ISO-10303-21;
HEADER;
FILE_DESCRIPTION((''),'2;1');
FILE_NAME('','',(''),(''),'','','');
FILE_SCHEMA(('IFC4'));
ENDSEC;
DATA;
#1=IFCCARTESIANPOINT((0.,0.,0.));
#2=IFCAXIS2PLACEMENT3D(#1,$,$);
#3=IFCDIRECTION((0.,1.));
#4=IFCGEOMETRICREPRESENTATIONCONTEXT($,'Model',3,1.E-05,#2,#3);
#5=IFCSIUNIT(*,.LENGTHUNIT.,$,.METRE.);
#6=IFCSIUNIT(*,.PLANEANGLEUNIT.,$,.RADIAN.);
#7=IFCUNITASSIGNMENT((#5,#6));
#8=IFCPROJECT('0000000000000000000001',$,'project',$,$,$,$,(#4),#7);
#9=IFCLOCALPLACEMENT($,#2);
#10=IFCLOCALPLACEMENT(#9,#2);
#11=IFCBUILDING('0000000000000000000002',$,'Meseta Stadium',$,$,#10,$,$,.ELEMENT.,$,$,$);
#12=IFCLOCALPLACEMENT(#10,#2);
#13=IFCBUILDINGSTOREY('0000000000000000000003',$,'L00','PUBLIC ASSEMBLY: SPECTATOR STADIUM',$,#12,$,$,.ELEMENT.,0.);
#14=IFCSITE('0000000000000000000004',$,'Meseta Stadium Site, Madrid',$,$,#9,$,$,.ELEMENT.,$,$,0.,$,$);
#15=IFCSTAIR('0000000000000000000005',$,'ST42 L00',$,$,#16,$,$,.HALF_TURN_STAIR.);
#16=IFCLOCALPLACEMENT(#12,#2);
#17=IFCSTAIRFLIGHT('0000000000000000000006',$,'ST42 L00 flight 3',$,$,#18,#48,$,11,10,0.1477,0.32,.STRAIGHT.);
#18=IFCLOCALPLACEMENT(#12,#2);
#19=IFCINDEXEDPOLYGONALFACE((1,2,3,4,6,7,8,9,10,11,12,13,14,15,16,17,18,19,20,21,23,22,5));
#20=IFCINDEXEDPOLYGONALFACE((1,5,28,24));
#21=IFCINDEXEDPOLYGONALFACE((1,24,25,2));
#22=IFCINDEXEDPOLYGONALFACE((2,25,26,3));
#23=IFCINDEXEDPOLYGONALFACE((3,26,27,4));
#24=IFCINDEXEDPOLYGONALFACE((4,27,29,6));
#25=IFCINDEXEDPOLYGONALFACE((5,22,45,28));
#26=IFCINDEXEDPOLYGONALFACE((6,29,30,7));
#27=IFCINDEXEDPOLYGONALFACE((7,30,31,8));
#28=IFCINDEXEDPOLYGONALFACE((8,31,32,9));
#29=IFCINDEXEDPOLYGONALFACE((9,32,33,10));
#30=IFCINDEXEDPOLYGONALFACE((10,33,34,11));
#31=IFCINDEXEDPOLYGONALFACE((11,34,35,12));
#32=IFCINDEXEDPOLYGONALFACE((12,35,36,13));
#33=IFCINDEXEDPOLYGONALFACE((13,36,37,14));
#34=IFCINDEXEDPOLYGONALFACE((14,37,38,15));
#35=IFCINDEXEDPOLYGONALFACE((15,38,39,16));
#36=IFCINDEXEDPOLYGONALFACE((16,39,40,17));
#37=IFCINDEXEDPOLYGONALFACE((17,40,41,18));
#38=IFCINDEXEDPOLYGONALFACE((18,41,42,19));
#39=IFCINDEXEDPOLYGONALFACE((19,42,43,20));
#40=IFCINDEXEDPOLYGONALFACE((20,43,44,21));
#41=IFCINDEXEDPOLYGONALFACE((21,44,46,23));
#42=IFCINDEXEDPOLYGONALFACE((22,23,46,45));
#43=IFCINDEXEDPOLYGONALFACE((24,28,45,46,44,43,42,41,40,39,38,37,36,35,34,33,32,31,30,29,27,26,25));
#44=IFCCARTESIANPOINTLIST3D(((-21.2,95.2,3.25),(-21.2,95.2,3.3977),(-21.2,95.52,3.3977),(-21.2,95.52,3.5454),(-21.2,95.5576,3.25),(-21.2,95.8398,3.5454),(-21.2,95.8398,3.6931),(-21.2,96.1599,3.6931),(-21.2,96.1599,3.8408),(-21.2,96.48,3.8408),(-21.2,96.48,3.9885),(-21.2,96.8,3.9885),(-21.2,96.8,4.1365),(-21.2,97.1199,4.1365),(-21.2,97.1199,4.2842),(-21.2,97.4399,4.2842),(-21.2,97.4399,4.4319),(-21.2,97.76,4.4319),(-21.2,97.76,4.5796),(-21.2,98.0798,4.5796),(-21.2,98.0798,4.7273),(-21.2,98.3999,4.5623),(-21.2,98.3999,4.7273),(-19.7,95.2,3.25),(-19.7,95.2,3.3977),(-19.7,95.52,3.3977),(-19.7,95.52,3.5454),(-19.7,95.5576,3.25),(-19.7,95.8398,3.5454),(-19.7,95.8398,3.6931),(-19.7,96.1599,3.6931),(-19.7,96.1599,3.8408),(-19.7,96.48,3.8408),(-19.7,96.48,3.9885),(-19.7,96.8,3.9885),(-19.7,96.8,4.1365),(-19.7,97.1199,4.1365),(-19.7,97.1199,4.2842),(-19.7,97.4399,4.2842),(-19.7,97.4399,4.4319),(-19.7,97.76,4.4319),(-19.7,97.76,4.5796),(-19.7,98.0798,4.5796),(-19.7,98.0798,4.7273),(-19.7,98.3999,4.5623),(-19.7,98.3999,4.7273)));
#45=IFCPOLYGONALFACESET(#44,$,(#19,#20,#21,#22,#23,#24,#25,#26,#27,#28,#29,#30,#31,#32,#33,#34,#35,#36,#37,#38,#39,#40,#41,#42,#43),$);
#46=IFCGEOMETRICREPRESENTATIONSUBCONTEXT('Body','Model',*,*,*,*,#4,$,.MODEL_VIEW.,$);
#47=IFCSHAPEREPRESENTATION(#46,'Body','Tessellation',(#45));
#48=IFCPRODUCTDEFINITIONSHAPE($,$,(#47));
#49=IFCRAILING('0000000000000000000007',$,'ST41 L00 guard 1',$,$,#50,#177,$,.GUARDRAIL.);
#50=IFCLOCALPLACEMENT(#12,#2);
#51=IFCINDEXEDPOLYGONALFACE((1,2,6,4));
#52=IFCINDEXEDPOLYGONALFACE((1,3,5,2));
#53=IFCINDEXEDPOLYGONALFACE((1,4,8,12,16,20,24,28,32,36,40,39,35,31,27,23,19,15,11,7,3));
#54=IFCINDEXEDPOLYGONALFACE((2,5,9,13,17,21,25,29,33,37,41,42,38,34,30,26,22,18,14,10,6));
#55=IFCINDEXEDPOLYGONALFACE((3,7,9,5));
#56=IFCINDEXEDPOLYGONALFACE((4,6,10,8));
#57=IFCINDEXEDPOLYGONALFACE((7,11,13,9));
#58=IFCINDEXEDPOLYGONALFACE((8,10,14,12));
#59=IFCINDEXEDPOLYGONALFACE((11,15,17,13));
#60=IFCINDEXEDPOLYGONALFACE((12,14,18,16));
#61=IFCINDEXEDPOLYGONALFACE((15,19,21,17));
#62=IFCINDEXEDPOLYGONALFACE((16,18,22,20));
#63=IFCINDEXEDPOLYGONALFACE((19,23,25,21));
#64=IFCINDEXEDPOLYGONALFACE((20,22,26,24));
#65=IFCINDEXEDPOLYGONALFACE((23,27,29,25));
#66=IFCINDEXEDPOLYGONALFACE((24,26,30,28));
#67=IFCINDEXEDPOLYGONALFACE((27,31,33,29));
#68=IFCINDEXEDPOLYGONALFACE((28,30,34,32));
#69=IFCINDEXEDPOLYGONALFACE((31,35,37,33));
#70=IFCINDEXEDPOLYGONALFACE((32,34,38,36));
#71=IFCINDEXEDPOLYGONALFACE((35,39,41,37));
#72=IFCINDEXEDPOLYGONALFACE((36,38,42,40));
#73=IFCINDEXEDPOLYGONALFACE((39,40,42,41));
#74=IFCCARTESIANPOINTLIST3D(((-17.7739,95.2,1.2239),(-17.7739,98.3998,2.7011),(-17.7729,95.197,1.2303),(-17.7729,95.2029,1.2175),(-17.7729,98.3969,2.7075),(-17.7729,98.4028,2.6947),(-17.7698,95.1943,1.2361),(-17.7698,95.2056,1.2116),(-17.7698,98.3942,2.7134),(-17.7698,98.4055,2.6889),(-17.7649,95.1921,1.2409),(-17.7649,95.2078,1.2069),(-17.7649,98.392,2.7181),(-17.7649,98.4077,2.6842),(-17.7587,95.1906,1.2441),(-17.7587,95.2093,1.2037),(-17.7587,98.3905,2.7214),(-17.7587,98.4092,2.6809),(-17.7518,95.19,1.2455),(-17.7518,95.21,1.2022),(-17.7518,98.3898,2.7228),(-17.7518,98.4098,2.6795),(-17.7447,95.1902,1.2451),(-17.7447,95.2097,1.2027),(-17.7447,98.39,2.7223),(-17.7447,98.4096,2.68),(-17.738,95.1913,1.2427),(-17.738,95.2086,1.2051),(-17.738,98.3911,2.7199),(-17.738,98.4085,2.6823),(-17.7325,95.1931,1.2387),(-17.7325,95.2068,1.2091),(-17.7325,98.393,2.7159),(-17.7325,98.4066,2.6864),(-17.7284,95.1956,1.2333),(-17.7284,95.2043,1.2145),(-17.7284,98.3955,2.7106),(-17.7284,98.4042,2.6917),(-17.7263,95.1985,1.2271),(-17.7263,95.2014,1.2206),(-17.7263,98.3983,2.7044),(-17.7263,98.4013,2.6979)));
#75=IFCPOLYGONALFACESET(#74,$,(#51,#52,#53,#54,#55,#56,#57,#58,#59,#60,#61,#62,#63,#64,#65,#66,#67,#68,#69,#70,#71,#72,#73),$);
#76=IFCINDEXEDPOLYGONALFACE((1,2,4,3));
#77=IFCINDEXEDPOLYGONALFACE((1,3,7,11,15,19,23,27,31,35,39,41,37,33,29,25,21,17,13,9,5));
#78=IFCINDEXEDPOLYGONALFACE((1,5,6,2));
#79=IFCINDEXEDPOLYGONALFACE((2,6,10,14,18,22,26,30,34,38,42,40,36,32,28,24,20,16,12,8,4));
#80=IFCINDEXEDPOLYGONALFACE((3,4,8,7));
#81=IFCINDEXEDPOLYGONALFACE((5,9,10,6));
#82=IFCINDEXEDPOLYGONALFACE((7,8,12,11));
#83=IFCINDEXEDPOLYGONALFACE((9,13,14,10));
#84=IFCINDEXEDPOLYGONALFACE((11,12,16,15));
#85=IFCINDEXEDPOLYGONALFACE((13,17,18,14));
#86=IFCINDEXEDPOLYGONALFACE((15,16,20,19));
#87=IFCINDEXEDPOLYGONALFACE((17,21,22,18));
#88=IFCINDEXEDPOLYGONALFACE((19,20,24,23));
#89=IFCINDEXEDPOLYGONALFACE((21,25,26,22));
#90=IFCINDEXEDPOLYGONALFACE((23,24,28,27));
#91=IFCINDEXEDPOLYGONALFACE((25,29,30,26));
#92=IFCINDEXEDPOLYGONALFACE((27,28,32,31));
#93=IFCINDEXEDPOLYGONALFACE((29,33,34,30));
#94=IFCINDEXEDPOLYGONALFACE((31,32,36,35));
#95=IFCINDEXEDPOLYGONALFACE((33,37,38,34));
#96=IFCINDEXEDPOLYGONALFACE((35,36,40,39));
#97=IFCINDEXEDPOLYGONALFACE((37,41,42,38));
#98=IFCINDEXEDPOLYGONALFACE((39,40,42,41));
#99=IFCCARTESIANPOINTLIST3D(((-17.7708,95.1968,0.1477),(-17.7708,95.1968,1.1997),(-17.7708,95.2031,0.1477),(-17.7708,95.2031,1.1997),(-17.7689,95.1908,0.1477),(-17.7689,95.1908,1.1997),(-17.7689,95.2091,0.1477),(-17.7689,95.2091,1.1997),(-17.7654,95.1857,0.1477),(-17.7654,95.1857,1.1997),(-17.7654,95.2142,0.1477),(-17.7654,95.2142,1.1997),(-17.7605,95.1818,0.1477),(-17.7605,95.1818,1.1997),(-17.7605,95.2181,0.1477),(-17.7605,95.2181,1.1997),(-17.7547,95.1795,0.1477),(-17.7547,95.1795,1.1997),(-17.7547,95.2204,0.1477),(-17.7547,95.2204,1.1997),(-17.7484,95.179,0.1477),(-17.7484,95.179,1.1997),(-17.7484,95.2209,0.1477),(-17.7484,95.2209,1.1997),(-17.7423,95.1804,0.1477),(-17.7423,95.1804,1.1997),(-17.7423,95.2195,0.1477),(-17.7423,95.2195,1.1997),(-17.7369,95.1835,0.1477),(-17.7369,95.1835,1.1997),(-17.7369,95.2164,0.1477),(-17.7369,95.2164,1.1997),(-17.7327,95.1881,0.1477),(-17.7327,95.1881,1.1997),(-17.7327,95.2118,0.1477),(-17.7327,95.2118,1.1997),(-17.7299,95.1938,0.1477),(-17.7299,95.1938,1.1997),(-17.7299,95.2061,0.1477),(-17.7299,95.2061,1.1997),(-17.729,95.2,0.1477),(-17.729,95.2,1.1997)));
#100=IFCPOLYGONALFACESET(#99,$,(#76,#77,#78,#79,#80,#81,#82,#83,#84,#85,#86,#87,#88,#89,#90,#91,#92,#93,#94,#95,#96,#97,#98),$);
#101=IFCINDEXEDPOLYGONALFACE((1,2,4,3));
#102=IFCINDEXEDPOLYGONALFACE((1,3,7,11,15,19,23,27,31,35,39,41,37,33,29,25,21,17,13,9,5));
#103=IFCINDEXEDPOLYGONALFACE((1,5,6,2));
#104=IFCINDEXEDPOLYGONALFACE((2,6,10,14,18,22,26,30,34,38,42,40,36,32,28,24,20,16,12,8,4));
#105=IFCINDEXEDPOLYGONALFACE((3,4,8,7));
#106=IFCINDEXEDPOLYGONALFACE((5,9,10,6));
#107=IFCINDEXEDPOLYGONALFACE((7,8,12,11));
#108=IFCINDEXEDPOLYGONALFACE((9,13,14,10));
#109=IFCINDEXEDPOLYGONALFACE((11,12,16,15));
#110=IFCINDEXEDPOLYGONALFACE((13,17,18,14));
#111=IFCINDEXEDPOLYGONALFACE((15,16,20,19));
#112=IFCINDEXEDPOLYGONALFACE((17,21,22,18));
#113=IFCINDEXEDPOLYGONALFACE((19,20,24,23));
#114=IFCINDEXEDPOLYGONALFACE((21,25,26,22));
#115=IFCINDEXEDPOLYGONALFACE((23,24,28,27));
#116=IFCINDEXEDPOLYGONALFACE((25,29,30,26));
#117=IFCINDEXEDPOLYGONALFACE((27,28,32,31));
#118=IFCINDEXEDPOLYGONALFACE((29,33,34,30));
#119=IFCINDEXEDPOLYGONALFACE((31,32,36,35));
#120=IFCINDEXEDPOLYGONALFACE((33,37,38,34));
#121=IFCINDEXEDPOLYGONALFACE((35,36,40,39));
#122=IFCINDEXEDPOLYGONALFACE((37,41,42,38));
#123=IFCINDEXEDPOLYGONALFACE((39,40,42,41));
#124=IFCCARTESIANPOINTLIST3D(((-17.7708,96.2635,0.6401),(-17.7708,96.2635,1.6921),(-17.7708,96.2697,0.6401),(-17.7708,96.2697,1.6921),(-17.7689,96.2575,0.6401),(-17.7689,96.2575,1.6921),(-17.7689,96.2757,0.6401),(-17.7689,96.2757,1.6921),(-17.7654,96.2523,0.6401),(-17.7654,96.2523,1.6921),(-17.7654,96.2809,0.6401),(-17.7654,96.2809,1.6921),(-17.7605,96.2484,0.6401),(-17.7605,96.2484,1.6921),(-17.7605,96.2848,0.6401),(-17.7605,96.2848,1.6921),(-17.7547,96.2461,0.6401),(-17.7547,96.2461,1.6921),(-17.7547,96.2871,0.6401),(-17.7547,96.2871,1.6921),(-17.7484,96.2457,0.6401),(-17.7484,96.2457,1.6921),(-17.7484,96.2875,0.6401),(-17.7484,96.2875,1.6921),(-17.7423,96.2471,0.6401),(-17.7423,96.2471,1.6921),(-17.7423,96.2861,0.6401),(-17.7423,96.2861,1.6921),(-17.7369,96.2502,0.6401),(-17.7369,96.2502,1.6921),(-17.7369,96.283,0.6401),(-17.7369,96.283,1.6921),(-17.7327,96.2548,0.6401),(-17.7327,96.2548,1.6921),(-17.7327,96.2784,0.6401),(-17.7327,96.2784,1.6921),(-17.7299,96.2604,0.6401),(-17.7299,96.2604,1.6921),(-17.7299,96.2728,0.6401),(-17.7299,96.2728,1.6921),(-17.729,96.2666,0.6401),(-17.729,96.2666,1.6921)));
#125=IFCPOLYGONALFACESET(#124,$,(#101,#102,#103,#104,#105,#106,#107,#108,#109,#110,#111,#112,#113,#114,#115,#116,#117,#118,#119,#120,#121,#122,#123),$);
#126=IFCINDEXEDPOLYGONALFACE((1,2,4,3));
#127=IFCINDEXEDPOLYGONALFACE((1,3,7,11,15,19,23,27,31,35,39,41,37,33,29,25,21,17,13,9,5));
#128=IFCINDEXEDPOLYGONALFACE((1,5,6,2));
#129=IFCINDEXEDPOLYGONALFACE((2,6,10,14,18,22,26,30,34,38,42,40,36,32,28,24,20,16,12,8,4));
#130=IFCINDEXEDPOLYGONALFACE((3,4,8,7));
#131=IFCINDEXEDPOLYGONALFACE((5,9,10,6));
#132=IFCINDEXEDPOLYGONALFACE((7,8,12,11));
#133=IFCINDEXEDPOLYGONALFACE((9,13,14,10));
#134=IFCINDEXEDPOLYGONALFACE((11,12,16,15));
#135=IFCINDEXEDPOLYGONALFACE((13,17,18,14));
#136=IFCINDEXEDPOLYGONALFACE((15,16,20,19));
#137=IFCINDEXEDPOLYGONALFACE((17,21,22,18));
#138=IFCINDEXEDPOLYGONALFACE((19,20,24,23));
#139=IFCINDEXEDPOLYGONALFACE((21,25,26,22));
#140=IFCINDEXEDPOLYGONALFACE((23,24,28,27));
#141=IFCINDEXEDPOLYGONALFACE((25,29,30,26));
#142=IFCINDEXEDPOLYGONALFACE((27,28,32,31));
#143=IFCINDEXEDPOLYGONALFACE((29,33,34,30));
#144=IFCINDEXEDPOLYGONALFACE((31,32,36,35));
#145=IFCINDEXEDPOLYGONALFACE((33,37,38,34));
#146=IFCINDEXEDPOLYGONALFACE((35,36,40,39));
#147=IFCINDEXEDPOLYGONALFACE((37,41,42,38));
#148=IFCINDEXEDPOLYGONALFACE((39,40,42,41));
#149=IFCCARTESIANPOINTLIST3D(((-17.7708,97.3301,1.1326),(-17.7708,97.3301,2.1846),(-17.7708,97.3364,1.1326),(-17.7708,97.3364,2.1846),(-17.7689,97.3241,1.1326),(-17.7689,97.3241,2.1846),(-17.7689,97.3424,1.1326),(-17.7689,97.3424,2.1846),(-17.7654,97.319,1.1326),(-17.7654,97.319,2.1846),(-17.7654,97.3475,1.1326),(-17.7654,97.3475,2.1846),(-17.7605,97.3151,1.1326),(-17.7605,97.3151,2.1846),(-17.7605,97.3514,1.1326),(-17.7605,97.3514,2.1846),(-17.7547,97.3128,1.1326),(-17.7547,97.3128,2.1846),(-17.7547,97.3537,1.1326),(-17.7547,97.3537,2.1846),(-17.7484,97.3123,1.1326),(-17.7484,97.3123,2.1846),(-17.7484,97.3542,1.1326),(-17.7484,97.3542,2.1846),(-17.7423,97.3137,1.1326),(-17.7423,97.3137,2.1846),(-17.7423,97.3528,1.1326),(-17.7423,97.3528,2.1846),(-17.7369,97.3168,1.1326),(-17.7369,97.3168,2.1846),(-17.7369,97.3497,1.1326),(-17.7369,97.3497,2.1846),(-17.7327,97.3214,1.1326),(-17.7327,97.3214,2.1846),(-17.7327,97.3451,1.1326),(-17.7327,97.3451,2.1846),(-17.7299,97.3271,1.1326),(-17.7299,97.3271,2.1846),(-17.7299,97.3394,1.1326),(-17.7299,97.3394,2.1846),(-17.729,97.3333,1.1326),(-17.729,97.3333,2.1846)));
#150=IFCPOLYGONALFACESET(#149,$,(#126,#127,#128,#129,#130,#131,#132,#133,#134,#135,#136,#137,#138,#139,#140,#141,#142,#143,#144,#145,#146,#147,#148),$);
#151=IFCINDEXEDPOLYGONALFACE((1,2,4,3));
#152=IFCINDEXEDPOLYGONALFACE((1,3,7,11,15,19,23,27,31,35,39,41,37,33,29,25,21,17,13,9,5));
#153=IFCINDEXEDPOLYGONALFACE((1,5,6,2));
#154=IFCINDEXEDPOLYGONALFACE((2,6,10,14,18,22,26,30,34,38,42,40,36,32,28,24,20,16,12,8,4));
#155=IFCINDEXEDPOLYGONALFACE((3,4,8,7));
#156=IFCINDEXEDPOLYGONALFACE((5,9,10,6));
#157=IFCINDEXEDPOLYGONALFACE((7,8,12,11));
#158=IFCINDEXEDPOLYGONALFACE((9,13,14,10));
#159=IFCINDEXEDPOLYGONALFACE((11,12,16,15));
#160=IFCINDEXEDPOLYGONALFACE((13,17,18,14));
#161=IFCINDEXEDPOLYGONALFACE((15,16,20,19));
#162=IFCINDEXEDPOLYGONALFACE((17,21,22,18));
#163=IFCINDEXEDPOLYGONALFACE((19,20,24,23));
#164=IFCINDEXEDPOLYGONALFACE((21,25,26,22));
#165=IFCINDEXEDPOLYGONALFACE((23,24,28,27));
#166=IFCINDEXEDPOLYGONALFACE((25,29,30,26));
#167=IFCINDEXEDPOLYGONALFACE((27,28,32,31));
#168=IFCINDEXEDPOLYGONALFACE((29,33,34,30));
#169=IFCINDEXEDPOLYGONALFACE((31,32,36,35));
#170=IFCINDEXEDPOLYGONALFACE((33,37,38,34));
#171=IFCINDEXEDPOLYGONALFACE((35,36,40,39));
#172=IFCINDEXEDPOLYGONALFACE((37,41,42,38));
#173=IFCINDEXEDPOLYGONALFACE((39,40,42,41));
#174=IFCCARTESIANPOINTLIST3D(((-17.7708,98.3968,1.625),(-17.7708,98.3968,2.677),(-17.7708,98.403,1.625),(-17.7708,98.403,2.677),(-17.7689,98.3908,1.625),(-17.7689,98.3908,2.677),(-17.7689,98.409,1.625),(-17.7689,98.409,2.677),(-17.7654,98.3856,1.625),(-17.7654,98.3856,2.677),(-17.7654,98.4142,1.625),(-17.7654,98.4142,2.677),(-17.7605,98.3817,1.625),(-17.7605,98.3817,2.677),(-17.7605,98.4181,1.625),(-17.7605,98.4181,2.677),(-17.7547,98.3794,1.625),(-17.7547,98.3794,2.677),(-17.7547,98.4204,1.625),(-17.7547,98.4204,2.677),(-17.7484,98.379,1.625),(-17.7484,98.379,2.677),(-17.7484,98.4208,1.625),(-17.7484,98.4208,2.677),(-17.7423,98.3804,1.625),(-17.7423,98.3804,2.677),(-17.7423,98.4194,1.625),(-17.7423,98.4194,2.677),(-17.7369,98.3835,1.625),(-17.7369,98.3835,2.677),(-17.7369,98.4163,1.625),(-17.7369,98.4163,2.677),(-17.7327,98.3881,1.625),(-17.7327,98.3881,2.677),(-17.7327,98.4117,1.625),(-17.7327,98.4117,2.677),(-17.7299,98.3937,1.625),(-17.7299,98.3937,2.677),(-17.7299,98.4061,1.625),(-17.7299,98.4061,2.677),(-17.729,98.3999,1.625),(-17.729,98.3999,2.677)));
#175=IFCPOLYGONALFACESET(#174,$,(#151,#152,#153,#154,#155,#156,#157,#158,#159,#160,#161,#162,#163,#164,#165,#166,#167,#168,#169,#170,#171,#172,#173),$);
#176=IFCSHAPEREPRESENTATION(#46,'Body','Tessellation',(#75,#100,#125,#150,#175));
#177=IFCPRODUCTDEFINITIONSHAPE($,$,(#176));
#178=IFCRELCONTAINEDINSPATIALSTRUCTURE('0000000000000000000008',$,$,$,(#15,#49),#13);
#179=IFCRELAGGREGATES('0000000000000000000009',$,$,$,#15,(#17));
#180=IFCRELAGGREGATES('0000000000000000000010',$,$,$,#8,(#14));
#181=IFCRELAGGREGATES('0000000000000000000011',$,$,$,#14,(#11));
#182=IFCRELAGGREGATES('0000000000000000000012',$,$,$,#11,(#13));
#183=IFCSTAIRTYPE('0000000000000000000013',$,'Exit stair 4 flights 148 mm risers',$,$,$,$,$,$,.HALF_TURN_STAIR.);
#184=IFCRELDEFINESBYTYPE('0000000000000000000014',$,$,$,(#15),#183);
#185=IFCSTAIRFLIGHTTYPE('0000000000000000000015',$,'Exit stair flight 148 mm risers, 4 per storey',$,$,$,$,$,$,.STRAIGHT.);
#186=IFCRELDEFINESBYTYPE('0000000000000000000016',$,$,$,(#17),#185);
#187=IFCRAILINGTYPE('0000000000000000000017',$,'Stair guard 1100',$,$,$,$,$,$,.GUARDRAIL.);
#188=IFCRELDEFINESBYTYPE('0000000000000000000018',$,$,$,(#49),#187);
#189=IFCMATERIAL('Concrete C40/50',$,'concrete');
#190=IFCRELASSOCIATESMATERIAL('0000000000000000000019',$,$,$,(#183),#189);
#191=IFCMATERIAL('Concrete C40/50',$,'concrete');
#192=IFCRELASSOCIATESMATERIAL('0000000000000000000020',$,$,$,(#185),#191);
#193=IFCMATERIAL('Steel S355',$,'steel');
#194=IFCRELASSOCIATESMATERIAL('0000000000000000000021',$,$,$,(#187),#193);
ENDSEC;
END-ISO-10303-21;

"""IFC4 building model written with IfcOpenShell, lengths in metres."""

from ifc_helpers import new_model, si_unit, direction, frame, origin, origin_2d, place, context, subcontext, project, spatial, polyline, circle, outline, extrude, material, type_object, element, aggregate, save


model = new_model("IFC4")

# Units and contexts
model_context = context("Model", 3, precision=1e-05, world=origin(), true_north=direction((0.0, 1.0)))
body_context = subcontext(model_context, "Body", "Model", "MODEL_VIEW")
ifc_project = project(units=[si_unit("LENGTHUNIT", "METRE"), si_unit("PLANEANGLEUNIT", "RADIAN")], contexts=[model_context])

# Site, building, storey
site_placement = place(None, origin())
site = spatial("IfcSite", under=ifc_project, at=site_placement, Name="Meseta Stadium Site, Madrid", CompositionType="ELEMENT", RefElevation=0.0)
building_placement = place(site_placement, origin())
building = spatial("IfcBuilding", under=site, at=building_placement, Name="Meseta Stadium", CompositionType="ELEMENT")
storey_placement = place(building_placement, origin())
storey = spatial("IfcBuildingStorey", under=building, at=storey_placement, Name="L00", Description="PUBLIC ASSEMBLY: SPECTATOR STADIUM", CompositionType="ELEMENT", Elevation=0.0)

# Stair, stair flight
ifc_material_1 = material(Name="Concrete C40/50", Category="concrete")
stair_type = type_object("IfcStairType", Name="Exit stair 4 flights 148 mm risers", PredefinedType="HALF_TURN_STAIR", material=ifc_material_1)
ifc_material_2 = material(Name="Concrete C40/50", Category="concrete")
stair_flight_type = type_object("IfcStairFlightType", Name="Exit stair flight 148 mm risers, 4 per storey", PredefinedType="STRAIGHT", material=ifc_material_2)
stair_1_placement = place(storey_placement, origin())
stair_1 = element("IfcStair", 1, at=stair_1_placement, inside=storey, type_object=stair_type, Name="ST42 L00", PredefinedType="HALF_TURN_STAIR")
stair_flight_1_placement = place(storey_placement, frame((-20.45, 95.2, 3.25), z_axis=(0.0, 0.0, 1.0), x_axis=(0.0, 1.0, 0.0)))
stair_flight_1 = element("IfcStairFlight", 2, at=stair_flight_1_placement, type_object=stair_flight_type, Name="ST42 L00 flight 3", NumberOfRisers=11, NumberOfTreads=10, PredefinedType="STRAIGHT", RiserHeight=0.1477, TreadLength=0.32, context=body_context, shape_type="SweptSolid", body=[
    extrude(outline(polyline([(0.0, 0.0), (0.0, 0.1477), (0.3201, 0.1477), (0.3201, 0.2954), (0.6399, 0.2954), (0.6399, 0.4431), (0.96, 0.4431), (0.96, 0.5908), (1.28, 0.5908), (1.28, 0.7385), (1.6001, 0.7385), (1.6001, 0.8865), (1.9199, 0.8865), (1.9199, 1.0342), (2.24, 1.0342), (2.24, 1.1819), (2.5601, 1.1819), (2.5601, 1.3296), (2.8799, 1.3296), (2.8799, 1.4773), (3.2, 1.4773), (3.2, 1.3123), (0.3577, 0.0), (0.0, 0.0)])), frame((0.0, 0.75, 0.0), z_axis=(0.0, -1.0, 0.0), x_axis=(1.0, 0.0, 0.0)), (0.0, 0.0, 1.0), 1.5),
])
aggregate(stair_1, [stair_flight_1])

# Railing
ifc_material_3 = material(Name="Steel S355", Category="steel")
railing_type_1 = type_object("IfcRailingType", Name="Stair guard 1100", PredefinedType="GUARDRAIL", material=ifc_material_3)
railing_1_placement = place(storey_placement, frame((-17.75, 95.2, 0.1477)))
element("IfcRailing", 3, at=railing_1_placement, inside=storey, type_object=railing_type_1, Name="ST41 L00 guard 1", PredefinedType="GUARDRAIL", context=body_context, shape_type="SweptSolid", body=[
    extrude(circle(Radius=0.0239, at=origin_2d()), frame((0.0, 0.0, 1.0762), z_axis=(0.0, 0.907917, 0.41915), x_axis=(-1.0, 0.0, 0.0)), (0.0, 0.0, 1.0), 3.5244),
    extrude(circle(Radius=0.021, at=origin_2d()), origin(), (0.0, 0.0, 1.0), 1.052),
    extrude(circle(Radius=0.021, at=origin_2d()), frame((0.0, 1.0667, 0.4924)), (0.0, 0.0, 1.0), 1.052),
    extrude(circle(Radius=0.021, at=origin_2d()), frame((0.0, 2.1333, 0.9849)), (0.0, 0.0, 1.0), 1.052),
    extrude(circle(Radius=0.021, at=origin_2d()), frame((0.0, 3.2, 1.4773)), (0.0, 0.0, 1.0), 1.052),
])

save(model, "model.ifc")
